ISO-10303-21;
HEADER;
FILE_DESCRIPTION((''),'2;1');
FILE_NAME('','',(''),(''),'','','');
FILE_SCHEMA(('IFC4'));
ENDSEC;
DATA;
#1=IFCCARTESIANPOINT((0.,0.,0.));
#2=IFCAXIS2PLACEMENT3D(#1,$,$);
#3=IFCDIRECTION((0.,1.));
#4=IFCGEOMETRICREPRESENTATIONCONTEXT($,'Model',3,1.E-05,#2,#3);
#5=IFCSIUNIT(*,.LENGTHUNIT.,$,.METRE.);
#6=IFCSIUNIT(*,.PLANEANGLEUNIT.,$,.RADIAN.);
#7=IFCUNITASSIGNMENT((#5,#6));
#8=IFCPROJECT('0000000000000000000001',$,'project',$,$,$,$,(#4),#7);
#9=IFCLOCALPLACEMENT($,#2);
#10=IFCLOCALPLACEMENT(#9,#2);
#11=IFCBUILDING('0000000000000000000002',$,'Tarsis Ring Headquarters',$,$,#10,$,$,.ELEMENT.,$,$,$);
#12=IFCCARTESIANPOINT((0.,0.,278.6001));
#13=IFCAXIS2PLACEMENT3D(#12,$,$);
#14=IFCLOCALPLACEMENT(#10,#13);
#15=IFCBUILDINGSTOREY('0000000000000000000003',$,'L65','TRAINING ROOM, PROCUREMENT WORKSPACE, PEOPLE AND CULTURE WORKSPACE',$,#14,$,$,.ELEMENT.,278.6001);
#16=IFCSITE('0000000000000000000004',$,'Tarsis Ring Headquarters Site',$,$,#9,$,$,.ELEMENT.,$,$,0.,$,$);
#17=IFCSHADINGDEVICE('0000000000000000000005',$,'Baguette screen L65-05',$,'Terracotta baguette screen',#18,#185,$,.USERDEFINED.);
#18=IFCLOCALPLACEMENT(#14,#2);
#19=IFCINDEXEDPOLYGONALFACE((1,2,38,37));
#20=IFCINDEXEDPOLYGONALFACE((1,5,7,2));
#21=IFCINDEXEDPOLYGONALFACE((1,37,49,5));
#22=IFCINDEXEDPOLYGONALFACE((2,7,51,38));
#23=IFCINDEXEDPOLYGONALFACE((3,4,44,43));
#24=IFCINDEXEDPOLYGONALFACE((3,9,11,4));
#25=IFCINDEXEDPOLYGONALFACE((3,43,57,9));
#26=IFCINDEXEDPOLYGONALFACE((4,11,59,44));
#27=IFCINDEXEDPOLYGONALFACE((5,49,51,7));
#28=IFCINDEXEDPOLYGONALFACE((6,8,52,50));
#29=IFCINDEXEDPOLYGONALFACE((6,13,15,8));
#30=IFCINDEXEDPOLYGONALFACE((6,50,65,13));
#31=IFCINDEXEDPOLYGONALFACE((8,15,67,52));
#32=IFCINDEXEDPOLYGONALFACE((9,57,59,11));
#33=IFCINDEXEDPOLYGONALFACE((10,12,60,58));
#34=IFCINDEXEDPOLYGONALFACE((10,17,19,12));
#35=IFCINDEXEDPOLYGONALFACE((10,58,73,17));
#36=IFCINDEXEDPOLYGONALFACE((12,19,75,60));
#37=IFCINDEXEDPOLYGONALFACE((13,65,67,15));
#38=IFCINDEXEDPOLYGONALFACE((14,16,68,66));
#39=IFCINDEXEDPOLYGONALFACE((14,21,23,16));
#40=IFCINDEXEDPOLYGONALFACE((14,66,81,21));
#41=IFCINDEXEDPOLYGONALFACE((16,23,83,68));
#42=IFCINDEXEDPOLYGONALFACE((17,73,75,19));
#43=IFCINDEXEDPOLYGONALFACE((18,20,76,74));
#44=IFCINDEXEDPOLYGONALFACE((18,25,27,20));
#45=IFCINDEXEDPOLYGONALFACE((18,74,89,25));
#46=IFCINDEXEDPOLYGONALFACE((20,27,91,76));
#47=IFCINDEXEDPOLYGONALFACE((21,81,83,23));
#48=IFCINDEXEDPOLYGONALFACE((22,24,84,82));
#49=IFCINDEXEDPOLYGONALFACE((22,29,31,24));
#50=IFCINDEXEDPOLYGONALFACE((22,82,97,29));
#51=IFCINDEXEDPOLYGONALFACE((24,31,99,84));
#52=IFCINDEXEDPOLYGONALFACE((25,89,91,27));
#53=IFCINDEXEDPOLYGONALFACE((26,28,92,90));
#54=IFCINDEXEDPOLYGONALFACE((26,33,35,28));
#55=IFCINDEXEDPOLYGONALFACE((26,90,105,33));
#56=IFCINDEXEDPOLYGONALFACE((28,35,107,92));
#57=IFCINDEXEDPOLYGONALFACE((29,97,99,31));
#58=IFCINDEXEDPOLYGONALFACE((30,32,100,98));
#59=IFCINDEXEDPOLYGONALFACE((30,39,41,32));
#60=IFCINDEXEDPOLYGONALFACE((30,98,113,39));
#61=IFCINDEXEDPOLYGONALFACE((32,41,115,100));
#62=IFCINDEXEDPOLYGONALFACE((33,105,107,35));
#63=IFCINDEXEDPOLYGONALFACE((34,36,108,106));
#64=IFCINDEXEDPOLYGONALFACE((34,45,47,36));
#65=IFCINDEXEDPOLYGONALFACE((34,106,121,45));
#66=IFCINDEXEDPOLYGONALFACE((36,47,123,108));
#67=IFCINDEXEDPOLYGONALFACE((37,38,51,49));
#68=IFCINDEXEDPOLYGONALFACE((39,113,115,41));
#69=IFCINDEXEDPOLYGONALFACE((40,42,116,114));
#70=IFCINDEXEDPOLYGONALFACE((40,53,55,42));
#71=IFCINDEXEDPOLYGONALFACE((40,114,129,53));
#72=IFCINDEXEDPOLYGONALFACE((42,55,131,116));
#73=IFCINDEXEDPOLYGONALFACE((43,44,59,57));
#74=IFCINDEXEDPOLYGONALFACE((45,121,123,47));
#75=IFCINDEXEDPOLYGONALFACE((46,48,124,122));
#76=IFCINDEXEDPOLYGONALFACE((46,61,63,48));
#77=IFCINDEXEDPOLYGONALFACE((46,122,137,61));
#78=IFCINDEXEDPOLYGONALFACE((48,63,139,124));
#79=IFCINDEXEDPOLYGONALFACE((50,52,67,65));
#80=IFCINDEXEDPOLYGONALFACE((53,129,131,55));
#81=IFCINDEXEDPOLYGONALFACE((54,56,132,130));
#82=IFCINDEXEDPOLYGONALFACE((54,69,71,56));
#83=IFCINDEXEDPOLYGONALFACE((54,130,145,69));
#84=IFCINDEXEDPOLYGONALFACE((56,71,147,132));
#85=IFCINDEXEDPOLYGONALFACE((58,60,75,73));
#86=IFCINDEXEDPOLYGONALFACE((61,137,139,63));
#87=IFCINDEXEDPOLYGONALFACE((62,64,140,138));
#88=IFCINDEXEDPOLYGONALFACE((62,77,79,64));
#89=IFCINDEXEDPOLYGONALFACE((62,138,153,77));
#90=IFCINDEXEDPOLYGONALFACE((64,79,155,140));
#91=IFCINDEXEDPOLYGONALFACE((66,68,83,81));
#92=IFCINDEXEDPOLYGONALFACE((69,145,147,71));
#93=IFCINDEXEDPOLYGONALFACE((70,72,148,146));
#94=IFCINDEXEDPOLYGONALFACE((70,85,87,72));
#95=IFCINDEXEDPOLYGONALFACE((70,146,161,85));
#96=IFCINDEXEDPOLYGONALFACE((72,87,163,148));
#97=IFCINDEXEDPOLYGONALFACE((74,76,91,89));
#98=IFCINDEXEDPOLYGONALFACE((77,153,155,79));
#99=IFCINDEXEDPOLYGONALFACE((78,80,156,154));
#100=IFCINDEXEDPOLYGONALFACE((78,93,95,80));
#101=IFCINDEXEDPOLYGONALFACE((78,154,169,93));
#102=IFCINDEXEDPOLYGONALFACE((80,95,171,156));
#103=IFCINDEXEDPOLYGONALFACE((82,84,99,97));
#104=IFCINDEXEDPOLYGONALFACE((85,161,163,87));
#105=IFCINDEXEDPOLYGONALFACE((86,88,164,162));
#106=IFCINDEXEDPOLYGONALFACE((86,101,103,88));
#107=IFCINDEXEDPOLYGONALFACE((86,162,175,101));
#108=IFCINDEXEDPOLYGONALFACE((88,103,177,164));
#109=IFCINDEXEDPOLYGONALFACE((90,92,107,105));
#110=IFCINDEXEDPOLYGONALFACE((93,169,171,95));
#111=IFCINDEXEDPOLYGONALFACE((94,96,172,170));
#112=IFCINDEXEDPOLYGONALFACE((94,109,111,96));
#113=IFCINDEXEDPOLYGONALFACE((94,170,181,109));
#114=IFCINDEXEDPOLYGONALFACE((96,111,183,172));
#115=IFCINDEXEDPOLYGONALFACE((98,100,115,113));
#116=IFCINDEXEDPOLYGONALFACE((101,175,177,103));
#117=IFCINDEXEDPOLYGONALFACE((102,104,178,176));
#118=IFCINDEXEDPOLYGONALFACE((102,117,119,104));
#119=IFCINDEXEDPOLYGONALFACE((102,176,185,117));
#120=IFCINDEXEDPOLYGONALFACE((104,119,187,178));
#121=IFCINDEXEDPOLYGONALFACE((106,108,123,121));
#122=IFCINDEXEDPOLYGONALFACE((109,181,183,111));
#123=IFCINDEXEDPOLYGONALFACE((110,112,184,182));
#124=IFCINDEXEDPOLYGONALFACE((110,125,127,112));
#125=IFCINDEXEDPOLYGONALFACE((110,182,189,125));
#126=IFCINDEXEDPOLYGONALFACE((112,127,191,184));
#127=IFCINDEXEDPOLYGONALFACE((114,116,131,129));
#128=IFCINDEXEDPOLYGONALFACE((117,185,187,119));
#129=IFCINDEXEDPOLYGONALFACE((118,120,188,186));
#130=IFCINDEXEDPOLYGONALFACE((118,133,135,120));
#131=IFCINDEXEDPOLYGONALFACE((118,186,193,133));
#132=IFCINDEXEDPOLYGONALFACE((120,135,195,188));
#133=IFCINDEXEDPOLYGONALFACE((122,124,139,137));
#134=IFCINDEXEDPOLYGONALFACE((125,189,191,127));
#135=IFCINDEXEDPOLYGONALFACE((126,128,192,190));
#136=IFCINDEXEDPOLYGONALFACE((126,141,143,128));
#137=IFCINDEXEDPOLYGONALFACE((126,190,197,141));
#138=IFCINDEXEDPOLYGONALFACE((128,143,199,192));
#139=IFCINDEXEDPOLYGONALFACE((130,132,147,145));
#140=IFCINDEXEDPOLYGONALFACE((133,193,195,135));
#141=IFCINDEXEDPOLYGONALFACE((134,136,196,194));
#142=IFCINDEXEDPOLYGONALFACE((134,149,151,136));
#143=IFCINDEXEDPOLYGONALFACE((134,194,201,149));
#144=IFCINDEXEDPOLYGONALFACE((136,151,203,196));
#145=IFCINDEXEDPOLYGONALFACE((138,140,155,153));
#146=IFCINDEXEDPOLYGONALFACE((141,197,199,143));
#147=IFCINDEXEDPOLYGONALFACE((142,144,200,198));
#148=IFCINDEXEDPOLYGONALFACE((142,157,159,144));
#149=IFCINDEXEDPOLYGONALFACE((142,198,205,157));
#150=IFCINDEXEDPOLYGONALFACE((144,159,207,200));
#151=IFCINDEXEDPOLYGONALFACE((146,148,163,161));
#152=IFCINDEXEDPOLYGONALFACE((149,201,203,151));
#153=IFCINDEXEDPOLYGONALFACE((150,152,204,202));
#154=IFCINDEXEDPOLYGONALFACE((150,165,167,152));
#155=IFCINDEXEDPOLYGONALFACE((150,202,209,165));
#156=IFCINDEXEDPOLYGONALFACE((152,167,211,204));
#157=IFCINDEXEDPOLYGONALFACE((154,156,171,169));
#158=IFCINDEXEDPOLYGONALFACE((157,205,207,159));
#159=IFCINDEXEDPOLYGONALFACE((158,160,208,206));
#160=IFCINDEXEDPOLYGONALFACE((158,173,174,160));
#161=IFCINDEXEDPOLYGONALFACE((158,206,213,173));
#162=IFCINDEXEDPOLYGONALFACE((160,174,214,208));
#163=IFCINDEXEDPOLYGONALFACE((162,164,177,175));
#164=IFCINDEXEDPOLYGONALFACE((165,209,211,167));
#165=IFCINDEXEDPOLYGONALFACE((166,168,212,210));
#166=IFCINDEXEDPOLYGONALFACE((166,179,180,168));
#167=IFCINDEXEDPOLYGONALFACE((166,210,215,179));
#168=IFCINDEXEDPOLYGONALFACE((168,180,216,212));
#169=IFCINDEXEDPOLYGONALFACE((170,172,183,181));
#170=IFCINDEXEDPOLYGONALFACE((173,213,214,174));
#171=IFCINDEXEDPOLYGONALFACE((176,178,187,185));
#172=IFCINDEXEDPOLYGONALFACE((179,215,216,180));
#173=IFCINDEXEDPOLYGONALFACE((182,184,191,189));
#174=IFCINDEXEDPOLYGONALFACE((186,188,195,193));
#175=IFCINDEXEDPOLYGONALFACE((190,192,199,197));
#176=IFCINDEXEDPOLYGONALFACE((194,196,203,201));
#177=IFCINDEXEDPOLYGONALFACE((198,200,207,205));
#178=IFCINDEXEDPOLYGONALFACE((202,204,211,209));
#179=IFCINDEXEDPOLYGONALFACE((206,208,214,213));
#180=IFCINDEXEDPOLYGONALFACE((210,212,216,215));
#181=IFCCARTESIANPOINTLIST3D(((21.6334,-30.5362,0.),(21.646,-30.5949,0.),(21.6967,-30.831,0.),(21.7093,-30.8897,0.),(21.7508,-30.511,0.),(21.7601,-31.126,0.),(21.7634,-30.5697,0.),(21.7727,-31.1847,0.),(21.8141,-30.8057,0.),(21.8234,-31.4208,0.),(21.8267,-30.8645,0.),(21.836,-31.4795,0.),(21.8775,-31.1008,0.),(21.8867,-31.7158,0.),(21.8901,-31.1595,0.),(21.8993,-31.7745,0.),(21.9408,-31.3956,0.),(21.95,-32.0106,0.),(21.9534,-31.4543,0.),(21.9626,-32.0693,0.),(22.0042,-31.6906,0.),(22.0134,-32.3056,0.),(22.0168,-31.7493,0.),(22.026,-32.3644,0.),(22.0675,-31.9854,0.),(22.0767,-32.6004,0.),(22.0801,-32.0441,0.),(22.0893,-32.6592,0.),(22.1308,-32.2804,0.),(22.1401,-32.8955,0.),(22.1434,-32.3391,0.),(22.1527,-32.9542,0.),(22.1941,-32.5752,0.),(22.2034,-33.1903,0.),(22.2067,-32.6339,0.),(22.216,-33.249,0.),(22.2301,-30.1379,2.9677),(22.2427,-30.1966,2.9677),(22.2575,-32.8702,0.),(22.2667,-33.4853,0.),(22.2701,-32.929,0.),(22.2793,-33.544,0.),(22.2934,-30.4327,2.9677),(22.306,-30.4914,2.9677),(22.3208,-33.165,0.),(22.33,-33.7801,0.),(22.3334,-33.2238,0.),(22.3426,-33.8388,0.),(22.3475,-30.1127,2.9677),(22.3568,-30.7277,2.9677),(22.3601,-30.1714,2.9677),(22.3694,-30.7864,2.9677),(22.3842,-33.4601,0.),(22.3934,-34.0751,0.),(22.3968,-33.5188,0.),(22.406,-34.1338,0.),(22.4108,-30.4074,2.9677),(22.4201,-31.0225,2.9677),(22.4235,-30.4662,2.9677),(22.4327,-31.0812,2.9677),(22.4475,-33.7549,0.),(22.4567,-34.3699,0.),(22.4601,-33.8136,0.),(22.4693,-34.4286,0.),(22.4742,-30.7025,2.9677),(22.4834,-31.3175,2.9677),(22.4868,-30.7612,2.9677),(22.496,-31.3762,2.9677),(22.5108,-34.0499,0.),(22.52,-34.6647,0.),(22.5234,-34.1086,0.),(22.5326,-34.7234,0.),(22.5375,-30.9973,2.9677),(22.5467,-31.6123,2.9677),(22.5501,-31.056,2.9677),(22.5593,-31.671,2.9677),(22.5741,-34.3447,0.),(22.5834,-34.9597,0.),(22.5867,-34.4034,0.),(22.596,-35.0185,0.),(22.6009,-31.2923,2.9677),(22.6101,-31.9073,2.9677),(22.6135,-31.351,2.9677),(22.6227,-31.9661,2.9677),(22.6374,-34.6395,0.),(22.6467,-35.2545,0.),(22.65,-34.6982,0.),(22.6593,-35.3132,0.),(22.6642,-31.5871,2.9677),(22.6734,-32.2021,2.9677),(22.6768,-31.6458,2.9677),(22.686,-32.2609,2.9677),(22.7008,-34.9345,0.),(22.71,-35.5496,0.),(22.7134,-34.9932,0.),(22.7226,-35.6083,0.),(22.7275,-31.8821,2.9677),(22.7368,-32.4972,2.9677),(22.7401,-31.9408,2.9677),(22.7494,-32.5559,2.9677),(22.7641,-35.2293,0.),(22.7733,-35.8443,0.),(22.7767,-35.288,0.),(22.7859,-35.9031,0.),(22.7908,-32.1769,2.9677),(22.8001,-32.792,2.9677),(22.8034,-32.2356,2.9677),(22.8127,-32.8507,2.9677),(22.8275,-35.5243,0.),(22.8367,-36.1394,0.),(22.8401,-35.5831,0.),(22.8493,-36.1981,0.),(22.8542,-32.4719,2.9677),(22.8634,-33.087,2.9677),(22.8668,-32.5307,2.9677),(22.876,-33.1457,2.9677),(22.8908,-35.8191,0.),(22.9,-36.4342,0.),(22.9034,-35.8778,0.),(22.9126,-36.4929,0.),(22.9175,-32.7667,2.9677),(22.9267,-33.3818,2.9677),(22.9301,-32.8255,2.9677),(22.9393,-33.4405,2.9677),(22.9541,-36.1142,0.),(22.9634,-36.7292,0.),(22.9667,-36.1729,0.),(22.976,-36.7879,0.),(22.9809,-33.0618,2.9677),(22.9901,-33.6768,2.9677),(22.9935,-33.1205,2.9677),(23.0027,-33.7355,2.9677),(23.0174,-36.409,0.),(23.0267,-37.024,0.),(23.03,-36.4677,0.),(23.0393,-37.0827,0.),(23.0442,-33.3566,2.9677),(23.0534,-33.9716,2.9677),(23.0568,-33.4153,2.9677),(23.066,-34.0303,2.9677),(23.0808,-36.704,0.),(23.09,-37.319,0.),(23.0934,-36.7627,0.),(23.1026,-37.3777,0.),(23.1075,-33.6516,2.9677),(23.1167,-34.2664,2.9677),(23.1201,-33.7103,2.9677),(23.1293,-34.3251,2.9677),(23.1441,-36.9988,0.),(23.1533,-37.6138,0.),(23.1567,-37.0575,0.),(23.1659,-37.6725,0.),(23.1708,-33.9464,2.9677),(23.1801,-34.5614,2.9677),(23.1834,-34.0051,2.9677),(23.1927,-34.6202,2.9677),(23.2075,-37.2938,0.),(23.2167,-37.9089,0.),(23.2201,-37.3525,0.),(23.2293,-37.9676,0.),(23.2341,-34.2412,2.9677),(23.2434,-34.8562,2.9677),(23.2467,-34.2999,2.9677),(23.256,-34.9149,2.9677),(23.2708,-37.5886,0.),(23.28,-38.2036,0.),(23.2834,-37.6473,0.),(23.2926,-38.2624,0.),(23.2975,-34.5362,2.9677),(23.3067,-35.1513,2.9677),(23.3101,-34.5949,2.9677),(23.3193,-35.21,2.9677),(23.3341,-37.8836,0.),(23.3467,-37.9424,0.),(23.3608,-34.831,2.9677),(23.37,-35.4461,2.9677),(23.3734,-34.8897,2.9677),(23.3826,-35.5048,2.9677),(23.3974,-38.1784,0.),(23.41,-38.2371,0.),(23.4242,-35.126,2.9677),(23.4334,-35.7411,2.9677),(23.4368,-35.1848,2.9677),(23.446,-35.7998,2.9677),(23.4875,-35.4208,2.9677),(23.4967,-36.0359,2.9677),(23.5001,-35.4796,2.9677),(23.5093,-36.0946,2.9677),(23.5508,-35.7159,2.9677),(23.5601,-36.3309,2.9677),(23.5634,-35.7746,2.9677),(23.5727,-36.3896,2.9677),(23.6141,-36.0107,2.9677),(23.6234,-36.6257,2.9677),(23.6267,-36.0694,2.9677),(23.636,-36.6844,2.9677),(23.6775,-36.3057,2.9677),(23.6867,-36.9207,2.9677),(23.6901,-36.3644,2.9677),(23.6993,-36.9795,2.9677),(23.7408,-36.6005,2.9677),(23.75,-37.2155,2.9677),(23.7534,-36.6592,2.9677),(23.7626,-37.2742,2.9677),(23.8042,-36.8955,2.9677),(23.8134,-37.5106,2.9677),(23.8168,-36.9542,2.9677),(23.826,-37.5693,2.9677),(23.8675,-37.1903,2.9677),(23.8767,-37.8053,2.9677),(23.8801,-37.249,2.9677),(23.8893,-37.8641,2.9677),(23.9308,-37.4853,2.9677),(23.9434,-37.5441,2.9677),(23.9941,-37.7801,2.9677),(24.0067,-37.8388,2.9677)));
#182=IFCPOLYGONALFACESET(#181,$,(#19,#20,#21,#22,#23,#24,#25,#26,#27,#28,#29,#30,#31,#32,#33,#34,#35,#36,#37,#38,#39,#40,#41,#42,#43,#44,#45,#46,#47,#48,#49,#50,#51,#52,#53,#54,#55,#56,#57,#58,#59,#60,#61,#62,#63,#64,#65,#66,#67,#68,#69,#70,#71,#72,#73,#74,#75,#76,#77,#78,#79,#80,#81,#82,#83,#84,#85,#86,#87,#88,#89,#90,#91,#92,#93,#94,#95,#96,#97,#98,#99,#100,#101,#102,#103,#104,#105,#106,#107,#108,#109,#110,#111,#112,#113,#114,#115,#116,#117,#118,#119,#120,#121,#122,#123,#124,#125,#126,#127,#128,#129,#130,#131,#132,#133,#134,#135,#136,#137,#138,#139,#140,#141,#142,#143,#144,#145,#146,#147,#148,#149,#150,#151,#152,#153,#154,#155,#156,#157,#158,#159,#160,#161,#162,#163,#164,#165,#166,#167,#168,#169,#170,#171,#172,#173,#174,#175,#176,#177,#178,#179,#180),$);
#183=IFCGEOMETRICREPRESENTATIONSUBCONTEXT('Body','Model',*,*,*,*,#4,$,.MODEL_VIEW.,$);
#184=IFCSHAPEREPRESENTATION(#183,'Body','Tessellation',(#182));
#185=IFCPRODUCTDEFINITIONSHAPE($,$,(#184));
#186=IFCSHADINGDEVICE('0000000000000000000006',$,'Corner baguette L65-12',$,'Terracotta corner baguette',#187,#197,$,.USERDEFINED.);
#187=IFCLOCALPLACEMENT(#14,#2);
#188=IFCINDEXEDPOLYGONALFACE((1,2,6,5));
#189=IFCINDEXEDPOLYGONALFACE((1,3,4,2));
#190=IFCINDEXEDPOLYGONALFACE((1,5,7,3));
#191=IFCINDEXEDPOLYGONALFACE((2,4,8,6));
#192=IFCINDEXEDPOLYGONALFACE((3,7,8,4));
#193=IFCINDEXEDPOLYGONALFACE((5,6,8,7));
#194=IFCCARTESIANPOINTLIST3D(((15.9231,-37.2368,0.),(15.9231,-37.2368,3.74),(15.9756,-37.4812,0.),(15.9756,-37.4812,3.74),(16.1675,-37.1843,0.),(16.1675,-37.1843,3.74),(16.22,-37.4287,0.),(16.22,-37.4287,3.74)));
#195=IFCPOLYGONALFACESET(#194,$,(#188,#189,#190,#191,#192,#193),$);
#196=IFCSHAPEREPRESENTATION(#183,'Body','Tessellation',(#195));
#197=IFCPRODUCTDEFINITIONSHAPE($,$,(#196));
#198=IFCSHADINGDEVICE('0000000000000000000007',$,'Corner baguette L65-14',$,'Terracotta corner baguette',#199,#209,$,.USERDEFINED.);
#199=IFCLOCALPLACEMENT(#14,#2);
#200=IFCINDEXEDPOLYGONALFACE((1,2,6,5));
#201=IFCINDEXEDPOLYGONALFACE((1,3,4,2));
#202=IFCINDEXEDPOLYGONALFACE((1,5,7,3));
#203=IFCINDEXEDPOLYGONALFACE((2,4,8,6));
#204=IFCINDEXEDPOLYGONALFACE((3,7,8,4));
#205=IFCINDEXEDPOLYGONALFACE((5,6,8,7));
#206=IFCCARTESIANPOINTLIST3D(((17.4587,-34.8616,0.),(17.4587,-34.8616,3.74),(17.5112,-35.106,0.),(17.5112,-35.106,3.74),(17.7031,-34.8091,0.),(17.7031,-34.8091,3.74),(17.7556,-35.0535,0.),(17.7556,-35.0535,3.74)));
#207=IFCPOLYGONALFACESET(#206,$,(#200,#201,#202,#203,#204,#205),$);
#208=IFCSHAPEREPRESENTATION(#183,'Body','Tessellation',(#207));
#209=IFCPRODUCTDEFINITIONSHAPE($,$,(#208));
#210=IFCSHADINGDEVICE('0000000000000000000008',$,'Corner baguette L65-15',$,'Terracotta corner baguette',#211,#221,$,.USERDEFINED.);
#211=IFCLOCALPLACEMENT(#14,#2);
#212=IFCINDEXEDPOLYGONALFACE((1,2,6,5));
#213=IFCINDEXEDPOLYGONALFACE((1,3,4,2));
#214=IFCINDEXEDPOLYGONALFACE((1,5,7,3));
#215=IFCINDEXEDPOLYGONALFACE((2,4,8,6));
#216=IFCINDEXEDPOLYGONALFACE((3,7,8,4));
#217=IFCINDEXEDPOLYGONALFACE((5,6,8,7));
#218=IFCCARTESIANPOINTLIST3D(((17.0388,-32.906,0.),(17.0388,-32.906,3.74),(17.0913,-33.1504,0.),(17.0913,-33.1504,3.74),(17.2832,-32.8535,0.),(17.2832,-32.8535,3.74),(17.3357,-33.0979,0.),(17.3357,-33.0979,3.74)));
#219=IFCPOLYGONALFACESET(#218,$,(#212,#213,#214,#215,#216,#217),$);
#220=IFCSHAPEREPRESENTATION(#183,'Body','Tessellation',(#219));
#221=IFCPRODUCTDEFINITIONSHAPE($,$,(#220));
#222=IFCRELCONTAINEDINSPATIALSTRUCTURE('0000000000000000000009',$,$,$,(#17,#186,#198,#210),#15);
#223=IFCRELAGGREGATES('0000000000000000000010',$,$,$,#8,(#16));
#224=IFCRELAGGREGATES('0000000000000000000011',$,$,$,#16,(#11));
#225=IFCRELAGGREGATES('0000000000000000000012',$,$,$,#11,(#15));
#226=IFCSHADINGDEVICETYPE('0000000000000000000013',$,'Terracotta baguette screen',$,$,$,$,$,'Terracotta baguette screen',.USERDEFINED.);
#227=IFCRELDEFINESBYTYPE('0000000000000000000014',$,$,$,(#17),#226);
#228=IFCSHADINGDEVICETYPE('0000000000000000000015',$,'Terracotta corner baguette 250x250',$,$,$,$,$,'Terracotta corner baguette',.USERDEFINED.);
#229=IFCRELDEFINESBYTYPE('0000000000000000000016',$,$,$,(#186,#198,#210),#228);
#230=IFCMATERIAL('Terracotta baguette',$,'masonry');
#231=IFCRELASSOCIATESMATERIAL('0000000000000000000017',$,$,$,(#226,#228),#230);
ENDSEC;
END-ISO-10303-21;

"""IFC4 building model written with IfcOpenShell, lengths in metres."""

from ifc_helpers import new_model, si_unit, direction, frame, frame_2d, origin, origin_2d, place, context, subcontext, project, spatial, rectangle, composite_profile, extrude, material, type_object, element, save


model = new_model("IFC4")

# Units and contexts
model_context = context("Model", 3, precision=1e-05, world=origin(), true_north=direction((0.0, 1.0)))
body_context = subcontext(model_context, "Body", "Model", "MODEL_VIEW")
ifc_project = project(units=[si_unit("LENGTHUNIT", "METRE"), si_unit("PLANEANGLEUNIT", "RADIAN")], contexts=[model_context])

# Site, building, storey
site_placement = place(None, origin())
site = spatial("IfcSite", under=ifc_project, at=site_placement, Name="Tarsis Ring Headquarters Site", CompositionType="ELEMENT", RefElevation=0.0)
building_placement = place(site_placement, origin())
building = spatial("IfcBuilding", under=site, at=building_placement, Name="Tarsis Ring Headquarters", CompositionType="ELEMENT")
storey_placement = place(building_placement, frame((0.0, 0.0, 278.6001)))
storey = spatial("IfcBuildingStorey", under=building, at=storey_placement, Name="L65", Description="TRAINING ROOM, PROCUREMENT WORKSPACE, PEOPLE AND CULTURE WORKSPACE", CompositionType="ELEMENT", Elevation=278.6001)

# Shading devices
ifc_material_1 = material(Name="Terracotta baguette", Category="masonry")
shading_device_type_1 = type_object("IfcShadingDeviceType", Name="Terracotta baguette screen", ElementType="Terracotta baguette screen", PredefinedType="USERDEFINED", material=ifc_material_1)
shading_device_placement = place(storey_placement, frame((23.3513, -38.2498, 0.0), z_axis=(0.0, 0.0, 1.0), x_axis=(-0.209967, 0.977724, 0.0)))
element("IfcShadingDevice", 1, at=shading_device_placement, inside=storey, type_object=shading_device_type_1, Name="Baguette screen L65-05", ObjectType="Terracotta baguette screen", PredefinedType="USERDEFINED", context=body_context, shape_type="SweptSolid", body=[
    extrude(composite_profile([rectangle(XDim=0.0601, YDim=0.1201, at=frame_2d((0.03, 0.0))), rectangle(XDim=0.0601, YDim=0.1201, at=frame_2d((0.3315, 0.0))), rectangle(XDim=0.0601, YDim=0.1201, at=frame_2d((0.6333, 0.0))), rectangle(XDim=0.0601, YDim=0.1201, at=frame_2d((0.9348, 0.0))), rectangle(XDim=0.0601, YDim=0.1201, at=frame_2d((1.2366, 0.0))), rectangle(XDim=0.0601, YDim=0.1201, at=frame_2d((1.5381, 0.0))), rectangle(XDim=0.0601, YDim=0.1201, at=frame_2d((1.8398, 0.0))), rectangle(XDim=0.0601, YDim=0.1201, at=frame_2d((2.1414, 0.0))), rectangle(XDim=0.0601, YDim=0.1201, at=frame_2d((2.4431, 0.0))), rectangle(XDim=0.0601, YDim=0.1201, at=frame_2d((2.7446, 0.0))), rectangle(XDim=0.0601, YDim=0.1201, at=frame_2d((3.0464, 0.0))), rectangle(XDim=0.0601, YDim=0.1201, at=frame_2d((3.3479, 0.0))), rectangle(XDim=0.0601, YDim=0.1201, at=frame_2d((3.6497, 0.0))), rectangle(XDim=0.0601, YDim=0.1201, at=frame_2d((3.9512, 0.0))), rectangle(XDim=0.0601, YDim=0.1201, at=frame_2d((4.2527, 0.0))), rectangle(XDim=0.0601, YDim=0.1201, at=frame_2d((4.5544, 0.0))), rectangle(XDim=0.0601, YDim=0.1201, at=frame_2d((4.856, 0.0))), rectangle(XDim=0.0601, YDim=0.1201, at=frame_2d((5.1577, 0.0))), rectangle(XDim=0.0601, YDim=0.1201, at=frame_2d((5.4592, 0.0))), rectangle(XDim=0.0601, YDim=0.1201, at=frame_2d((5.761, 0.0))), rectangle(XDim=0.0601, YDim=0.1201, at=frame_2d((6.0625, 0.0))), rectangle(XDim=0.0601, YDim=0.1201, at=frame_2d((6.3643, 0.0))), rectangle(XDim=0.0601, YDim=0.1201, at=frame_2d((6.6658, 0.0))), rectangle(XDim=0.0601, YDim=0.1201, at=frame_2d((6.9675, 0.0))), rectangle(XDim=0.0601, YDim=0.1201, at=frame_2d((7.269, 0.0))), rectangle(XDim=0.0601, YDim=0.1201, at=frame_2d((7.5708, 0.0))), rectangle(XDim=0.0601, YDim=0.1201, at=frame_2d((7.8723, 0.0)))]), origin(), (0.08651, -0.218467, 0.972002), 3.0532),
])
shading_device_type_2 = type_object("IfcShadingDeviceType", Name="Terracotta corner baguette 250x250", ElementType="Terracotta corner baguette", PredefinedType="USERDEFINED", material=ifc_material_1)
for number, where, z_axis, x_axis, name in (
    (2, (16.0715, -37.3328, 0.0), (0.0, 0.0, 1.0), (0.97771, 0.20996, 0.0), "Corner baguette L65-12"),
    (3, (17.6072, -34.9575, 0.0), (0.0, 0.0, 1.0), (0.97771, 0.20996, 0.0), "Corner baguette L65-14"),
    (4, (17.1873, -33.002, 0.0), (0.0, 0.0, 1.0), (-0.20996, 0.97771, 0.0), "Corner baguette L65-15"),
):
    element("IfcShadingDevice", number, at=place(storey_placement, frame(where, z_axis=z_axis, x_axis=x_axis)), inside=storey, type_object=shading_device_type_2, Name=name, ObjectType="Terracotta corner baguette", PredefinedType="USERDEFINED", context=body_context, shape_type="SweptSolid", body=[
        extrude(rectangle(XDim=0.25, YDim=0.25, at=origin_2d()), origin(), (0.0, 0.0, 1.0), 3.74),
    ])

save(model, "model.ifc")
